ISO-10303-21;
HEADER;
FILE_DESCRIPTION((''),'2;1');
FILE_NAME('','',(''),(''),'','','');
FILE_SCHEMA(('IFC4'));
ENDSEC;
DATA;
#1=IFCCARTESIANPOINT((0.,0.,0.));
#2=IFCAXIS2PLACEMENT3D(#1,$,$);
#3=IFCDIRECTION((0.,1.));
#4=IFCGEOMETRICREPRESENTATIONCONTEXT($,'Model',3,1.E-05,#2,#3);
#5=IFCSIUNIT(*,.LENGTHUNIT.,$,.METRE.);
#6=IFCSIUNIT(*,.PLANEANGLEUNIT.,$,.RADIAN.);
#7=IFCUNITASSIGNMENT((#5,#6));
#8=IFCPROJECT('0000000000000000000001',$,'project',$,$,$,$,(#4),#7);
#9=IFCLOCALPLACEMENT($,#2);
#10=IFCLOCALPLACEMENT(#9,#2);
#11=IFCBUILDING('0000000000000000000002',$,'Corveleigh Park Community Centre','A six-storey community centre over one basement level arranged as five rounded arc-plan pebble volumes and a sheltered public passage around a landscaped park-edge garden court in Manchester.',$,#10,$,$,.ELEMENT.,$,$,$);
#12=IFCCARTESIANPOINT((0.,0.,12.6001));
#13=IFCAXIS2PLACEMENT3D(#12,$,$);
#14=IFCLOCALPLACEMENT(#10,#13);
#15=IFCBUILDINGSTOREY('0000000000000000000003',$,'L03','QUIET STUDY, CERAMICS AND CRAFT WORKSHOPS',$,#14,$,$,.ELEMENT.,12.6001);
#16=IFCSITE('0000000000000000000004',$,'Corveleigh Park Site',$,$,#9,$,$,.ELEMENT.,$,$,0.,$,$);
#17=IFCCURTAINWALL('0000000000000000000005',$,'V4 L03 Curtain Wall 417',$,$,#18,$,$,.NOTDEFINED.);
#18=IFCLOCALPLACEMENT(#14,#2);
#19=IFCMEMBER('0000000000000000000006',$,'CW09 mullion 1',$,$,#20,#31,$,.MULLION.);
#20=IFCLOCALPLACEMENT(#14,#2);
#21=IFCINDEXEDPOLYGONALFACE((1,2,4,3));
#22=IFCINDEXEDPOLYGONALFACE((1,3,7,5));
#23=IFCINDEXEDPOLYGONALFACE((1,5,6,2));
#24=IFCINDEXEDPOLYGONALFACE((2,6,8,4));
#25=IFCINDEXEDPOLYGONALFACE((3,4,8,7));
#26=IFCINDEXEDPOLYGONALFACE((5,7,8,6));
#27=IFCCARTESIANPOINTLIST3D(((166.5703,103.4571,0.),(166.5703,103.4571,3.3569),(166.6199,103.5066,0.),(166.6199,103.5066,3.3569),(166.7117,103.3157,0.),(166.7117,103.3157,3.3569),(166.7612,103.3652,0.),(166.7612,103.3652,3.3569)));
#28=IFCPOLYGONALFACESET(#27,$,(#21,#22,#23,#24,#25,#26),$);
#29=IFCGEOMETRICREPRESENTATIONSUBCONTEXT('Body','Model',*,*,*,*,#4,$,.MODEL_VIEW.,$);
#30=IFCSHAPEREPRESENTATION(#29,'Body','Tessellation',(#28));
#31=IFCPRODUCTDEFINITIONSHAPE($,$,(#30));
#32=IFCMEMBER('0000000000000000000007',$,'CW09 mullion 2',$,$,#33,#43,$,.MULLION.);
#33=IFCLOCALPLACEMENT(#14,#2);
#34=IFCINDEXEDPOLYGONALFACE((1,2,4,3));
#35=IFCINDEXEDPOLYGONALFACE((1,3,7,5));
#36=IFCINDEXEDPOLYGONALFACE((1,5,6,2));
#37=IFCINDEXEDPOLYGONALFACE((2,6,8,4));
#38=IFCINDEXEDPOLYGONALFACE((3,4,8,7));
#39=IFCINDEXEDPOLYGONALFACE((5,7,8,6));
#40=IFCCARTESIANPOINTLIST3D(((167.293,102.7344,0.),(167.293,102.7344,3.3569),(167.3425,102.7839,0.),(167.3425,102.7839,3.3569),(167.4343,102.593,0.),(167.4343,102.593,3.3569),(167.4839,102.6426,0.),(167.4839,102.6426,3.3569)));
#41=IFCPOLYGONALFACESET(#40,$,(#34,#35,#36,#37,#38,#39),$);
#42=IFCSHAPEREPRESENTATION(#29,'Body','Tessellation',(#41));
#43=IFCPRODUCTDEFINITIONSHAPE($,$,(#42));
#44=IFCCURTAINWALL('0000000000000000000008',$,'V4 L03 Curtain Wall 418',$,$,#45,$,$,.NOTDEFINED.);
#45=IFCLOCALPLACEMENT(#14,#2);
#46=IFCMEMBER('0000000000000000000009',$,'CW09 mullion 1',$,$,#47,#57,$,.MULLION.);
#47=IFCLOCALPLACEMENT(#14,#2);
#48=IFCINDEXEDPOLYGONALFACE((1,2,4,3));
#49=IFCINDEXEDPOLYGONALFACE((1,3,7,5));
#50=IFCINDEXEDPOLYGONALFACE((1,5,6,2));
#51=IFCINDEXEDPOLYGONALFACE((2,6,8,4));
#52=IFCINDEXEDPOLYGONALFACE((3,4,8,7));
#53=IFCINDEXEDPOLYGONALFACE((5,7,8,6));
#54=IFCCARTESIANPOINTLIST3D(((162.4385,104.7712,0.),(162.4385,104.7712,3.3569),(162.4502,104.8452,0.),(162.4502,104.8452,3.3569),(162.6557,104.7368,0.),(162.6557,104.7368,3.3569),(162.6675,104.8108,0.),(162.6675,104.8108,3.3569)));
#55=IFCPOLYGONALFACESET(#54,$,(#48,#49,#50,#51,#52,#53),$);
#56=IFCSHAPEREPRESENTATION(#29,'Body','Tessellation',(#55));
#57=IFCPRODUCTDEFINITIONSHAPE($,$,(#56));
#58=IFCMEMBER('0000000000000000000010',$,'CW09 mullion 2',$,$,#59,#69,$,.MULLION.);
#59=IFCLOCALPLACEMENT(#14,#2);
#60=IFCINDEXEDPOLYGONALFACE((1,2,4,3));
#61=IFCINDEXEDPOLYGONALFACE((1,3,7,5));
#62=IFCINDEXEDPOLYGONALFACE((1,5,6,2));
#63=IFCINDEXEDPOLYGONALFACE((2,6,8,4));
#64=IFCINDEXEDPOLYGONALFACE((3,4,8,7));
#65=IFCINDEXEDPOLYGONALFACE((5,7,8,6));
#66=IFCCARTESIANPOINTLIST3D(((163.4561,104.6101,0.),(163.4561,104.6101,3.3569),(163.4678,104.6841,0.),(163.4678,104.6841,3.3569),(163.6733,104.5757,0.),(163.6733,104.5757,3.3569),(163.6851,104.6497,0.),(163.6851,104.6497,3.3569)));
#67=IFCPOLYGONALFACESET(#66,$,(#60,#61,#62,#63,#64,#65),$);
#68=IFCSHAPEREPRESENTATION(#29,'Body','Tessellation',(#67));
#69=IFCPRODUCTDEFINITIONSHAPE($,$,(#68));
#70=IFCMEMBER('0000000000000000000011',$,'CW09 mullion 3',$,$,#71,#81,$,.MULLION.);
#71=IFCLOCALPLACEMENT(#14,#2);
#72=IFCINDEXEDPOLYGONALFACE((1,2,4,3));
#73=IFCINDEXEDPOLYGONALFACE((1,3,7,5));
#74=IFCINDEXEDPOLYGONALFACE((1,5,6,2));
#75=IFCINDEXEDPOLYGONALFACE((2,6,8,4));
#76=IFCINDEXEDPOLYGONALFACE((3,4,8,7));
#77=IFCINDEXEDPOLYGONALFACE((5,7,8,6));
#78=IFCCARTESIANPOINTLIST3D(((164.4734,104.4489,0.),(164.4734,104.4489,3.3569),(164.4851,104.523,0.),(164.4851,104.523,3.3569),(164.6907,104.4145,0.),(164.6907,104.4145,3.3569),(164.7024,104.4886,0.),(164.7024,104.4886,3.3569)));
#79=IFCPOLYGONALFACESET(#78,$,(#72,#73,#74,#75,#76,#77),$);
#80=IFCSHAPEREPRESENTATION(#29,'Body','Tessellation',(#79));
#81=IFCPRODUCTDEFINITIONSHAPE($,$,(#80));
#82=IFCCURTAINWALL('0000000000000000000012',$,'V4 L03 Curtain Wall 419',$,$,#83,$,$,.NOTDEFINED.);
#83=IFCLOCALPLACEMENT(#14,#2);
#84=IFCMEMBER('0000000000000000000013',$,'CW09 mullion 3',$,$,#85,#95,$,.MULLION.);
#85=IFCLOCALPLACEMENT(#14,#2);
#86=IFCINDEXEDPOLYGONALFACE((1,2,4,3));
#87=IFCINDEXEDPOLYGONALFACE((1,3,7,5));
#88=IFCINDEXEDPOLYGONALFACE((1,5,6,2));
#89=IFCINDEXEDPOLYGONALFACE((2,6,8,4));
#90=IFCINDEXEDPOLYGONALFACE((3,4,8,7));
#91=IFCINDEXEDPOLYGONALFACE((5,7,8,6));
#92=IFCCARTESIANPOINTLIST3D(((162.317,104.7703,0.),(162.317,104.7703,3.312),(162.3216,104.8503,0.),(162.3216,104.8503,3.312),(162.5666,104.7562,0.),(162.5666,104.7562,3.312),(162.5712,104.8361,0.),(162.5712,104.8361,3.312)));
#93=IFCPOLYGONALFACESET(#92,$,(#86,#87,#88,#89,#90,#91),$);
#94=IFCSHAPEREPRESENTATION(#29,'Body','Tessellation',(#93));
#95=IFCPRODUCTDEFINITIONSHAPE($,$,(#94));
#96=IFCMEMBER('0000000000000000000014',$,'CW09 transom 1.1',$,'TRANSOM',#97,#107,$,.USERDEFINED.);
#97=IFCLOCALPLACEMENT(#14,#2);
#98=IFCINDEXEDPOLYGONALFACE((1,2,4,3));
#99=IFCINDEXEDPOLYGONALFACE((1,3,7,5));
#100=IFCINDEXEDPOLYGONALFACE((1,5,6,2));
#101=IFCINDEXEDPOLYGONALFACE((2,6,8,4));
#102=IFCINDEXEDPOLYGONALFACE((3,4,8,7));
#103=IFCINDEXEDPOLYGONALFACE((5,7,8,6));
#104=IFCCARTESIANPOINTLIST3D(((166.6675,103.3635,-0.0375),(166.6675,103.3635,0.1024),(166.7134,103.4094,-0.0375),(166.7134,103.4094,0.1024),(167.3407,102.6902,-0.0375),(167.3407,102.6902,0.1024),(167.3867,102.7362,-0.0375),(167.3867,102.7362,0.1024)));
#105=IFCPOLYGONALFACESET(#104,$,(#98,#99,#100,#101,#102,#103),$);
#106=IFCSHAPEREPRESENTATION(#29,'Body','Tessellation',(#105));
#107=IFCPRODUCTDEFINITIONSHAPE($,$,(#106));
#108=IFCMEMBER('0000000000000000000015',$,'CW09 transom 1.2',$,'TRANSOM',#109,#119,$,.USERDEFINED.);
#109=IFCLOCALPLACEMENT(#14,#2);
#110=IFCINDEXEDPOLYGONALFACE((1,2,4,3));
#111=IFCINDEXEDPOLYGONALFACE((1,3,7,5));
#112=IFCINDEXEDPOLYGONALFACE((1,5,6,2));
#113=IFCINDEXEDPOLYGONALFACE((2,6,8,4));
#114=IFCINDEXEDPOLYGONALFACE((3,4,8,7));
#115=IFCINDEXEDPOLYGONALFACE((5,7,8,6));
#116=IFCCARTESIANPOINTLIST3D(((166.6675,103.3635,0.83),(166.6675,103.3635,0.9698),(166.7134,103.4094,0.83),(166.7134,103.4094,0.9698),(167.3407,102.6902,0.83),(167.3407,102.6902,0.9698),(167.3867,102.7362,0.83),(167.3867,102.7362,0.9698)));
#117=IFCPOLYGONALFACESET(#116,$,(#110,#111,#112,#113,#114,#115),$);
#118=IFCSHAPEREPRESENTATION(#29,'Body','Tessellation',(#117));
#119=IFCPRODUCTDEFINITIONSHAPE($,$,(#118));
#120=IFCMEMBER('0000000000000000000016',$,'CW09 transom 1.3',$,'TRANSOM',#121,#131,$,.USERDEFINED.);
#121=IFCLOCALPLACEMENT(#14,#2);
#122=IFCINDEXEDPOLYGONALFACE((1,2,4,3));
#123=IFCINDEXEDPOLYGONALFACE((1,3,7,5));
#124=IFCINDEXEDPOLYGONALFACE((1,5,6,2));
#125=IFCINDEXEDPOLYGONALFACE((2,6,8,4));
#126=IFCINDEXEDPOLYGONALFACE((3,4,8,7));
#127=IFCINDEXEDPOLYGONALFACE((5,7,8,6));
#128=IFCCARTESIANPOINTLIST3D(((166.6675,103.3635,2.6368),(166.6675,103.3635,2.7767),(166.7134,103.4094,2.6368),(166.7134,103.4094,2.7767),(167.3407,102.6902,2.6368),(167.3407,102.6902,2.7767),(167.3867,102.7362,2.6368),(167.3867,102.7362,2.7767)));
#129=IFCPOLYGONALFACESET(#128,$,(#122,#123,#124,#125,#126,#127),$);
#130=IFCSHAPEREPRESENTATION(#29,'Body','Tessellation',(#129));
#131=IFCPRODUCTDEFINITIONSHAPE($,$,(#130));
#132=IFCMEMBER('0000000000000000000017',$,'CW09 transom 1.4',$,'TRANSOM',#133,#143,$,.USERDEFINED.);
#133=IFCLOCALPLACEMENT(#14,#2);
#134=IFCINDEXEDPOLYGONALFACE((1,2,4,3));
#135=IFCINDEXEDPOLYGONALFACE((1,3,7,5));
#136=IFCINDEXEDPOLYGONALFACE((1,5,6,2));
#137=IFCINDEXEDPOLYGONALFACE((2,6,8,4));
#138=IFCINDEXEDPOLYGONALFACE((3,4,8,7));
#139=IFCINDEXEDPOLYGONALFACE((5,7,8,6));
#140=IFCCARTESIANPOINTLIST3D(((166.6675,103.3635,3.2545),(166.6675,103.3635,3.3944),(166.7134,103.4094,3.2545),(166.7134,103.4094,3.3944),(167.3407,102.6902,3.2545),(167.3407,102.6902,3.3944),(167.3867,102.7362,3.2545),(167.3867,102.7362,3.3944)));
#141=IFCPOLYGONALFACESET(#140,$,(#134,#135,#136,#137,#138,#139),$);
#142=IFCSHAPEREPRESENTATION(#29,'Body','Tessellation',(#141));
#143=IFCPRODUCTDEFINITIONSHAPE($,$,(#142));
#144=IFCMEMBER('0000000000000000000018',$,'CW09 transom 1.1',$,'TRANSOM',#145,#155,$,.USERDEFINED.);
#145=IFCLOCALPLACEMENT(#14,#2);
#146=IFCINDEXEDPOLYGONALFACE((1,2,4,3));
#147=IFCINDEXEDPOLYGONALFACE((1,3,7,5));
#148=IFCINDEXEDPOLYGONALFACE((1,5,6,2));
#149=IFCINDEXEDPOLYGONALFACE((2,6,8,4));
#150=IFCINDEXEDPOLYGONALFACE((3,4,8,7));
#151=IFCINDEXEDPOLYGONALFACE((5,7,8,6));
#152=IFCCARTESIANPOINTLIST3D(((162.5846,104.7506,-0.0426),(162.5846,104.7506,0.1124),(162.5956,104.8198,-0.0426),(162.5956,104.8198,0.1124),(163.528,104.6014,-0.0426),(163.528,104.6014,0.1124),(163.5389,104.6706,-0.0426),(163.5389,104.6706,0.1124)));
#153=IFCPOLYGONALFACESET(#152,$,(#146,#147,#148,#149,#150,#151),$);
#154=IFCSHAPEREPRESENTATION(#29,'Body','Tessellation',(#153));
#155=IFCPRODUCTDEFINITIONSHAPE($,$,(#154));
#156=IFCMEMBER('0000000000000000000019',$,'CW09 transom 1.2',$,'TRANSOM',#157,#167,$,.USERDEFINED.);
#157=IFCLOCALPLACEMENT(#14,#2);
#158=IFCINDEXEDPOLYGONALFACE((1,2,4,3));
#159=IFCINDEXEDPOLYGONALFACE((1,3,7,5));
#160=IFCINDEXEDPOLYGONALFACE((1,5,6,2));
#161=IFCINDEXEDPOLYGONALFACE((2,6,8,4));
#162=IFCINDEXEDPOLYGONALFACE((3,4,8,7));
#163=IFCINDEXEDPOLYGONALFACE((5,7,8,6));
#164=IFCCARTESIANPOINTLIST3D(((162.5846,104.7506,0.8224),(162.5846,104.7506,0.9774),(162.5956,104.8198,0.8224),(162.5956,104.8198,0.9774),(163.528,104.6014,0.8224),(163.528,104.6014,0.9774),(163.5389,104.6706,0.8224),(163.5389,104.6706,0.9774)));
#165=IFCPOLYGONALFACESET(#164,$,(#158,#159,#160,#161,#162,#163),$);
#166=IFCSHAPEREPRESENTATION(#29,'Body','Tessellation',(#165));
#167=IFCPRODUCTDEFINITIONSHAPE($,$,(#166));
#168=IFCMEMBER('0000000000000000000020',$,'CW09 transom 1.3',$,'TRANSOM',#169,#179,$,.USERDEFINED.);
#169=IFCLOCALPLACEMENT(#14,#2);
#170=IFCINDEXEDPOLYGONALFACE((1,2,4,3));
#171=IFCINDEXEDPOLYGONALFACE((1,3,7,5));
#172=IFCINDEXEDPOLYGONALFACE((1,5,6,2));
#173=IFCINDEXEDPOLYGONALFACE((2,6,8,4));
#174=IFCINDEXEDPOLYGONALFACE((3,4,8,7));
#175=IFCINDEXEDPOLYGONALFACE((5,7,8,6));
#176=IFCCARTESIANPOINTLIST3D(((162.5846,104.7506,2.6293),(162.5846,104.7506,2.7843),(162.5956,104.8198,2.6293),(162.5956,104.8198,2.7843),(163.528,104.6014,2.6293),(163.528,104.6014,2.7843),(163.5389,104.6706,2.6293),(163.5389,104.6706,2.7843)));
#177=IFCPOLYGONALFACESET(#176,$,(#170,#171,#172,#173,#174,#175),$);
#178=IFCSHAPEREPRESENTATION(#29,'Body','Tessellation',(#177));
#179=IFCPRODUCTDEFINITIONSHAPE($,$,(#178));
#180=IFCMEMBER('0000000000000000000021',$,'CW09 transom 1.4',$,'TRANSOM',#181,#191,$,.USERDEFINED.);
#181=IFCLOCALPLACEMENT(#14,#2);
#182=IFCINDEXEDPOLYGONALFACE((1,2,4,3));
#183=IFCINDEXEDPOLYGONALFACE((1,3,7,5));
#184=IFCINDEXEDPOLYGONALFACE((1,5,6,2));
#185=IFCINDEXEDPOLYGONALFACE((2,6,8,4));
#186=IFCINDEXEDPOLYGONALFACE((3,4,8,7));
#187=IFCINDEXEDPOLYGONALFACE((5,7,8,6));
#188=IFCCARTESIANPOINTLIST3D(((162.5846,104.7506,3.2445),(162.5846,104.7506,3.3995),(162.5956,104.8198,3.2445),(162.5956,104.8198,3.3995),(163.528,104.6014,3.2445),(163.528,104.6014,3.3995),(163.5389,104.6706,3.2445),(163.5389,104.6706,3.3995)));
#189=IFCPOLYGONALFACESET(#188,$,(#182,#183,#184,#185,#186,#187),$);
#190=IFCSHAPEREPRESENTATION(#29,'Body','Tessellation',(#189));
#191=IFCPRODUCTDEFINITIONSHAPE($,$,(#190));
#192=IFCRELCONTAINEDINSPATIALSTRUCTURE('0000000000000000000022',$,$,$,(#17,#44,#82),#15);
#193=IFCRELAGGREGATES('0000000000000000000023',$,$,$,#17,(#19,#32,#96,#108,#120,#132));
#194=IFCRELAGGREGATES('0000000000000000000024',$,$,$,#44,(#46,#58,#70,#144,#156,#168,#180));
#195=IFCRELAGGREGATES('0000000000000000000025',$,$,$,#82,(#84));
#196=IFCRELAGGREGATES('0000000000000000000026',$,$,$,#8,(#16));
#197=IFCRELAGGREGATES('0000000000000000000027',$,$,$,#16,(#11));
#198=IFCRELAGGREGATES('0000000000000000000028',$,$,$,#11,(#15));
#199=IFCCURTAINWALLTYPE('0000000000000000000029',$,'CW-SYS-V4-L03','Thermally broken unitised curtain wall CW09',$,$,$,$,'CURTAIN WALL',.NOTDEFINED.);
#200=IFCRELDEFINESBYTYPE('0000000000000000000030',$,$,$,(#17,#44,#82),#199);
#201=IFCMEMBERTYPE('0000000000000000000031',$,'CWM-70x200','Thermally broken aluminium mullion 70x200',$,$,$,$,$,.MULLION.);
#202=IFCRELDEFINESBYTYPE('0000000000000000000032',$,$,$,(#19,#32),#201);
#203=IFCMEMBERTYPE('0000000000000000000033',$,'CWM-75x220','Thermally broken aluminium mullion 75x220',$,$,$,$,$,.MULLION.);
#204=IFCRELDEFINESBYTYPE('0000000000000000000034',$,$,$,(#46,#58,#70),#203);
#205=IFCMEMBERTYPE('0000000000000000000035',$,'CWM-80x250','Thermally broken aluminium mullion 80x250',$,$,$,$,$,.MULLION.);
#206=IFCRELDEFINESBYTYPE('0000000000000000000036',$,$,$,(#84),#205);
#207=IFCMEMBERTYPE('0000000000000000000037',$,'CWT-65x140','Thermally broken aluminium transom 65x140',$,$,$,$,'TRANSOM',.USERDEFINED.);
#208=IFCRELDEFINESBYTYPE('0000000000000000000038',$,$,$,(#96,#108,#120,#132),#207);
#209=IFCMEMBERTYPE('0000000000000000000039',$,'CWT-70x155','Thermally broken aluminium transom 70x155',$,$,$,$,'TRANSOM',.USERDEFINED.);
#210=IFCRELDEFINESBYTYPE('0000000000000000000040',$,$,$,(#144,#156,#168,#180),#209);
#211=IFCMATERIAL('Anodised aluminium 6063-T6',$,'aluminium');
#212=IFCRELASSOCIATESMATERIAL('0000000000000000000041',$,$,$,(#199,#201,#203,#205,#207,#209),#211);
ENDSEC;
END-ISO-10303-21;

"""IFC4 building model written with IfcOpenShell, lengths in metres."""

from ifc_helpers import new_model, si_unit, direction, frame, origin, origin_2d, place, context, subcontext, project, spatial, rectangle, extrude, material, material_profile, profile_set, type_object, element, aggregate, save


model = new_model("IFC4")

# Units and contexts
model_context = context("Model", 3, precision=1e-05, world=origin(), true_north=direction((0.0, 1.0)))
body_context = subcontext(model_context, "Body", "Model", "MODEL_VIEW")
ifc_project = project(units=[si_unit("LENGTHUNIT", "METRE"), si_unit("PLANEANGLEUNIT", "RADIAN")], contexts=[model_context])

# Site, building, storey
site_placement = place(None, origin())
site = spatial("IfcSite", under=ifc_project, at=site_placement, Name="Corveleigh Park Site", CompositionType="ELEMENT", RefElevation=0.0)
building_placement = place(site_placement, origin())
building = spatial("IfcBuilding", under=site, at=building_placement, Name="Corveleigh Park Community Centre", Description="A six-storey community centre over one basement level arranged as five rounded arc-plan pebble volumes and a sheltered public passage around a landscaped park-edge garden court in Manchester.", CompositionType="ELEMENT")
storey_placement = place(building_placement, frame((0.0, 0.0, 12.6001)))
storey = spatial("IfcBuildingStorey", under=building, at=storey_placement, Name="L03", Description="QUIET STUDY, CERAMICS AND CRAFT WORKSHOPS", CompositionType="ELEMENT", Elevation=12.6001)

# Curtain walls, members
ifc_material_1 = material(Name="Anodised aluminium 6063-T6", Category="aluminium")
curtain_wall_type = type_object("IfcCurtainWallType", Name="CW-SYS-V4-L03", Description="Thermally broken unitised curtain wall CW09", ElementType="CURTAIN WALL", PredefinedType="NOTDEFINED", material=ifc_material_1)
curtain_wall_1_placement = place(storey_placement, origin())
curtain_wall_1 = element("IfcCurtainWall", 1, at=curtain_wall_1_placement, inside=storey, type_object=curtain_wall_type, Name="V4 L03 Curtain Wall 417", PredefinedType="NOTDEFINED")
ifc_material_profile_1 = material_profile(ifc_material_1, rectangle(XDim=0.0701, YDim=0.2, at=origin_2d()), Name="ALU-M70x200", Category="aluminium")
ifc_profile_set_1 = profile_set([ifc_material_profile_1], Name="Anodised aluminium 6063-T6")
member_type_1 = type_object("IfcMemberType", Name="CWM-70x200", Description="Thermally broken aluminium mullion 70x200", PredefinedType="MULLION", material=ifc_profile_set_1)
member_1_placement = place(storey_placement, frame((166.6658, 103.4111, 0.0), z_axis=(0.0, 0.0, 1.0), x_axis=(0.707107, 0.707107, 0.0)))
member_1 = element("IfcMember", 2, at=member_1_placement, type_object=member_type_1, Name="CW09 mullion 1", PredefinedType="MULLION", context=body_context, shape_type="SweptSolid", body=[
    extrude(rectangle(XDim=0.0701, YDim=0.2, at=origin_2d()), origin(), (0.0, 0.0, 1.0), 3.3569),
])
member_2_placement = place(storey_placement, frame((167.3884, 102.6885, 0.0), z_axis=(0.0, 0.0, 1.0), x_axis=(0.707107, 0.707107, 0.0)))
member_2 = element("IfcMember", 3, at=member_2_placement, type_object=member_type_1, Name="CW09 mullion 2", PredefinedType="MULLION", context=body_context, shape_type="SweptSolid", body=[
    extrude(rectangle(XDim=0.0701, YDim=0.2, at=origin_2d()), origin(), (0.0, 0.0, 1.0), 3.3569),
])
curtain_wall_2_placement = place(storey_placement, origin())
curtain_wall_2 = element("IfcCurtainWall", 4, at=curtain_wall_2_placement, inside=storey, type_object=curtain_wall_type, Name="V4 L03 Curtain Wall 418", PredefinedType="NOTDEFINED")
ifc_material_profile_2 = material_profile(ifc_material_1, rectangle(XDim=0.075, YDim=0.22, at=origin_2d()), Name="ALU-M75x220", Category="aluminium")
ifc_profile_set_2 = profile_set([ifc_material_profile_2], Name="Anodised aluminium 6063-T6")
member_type_2 = type_object("IfcMemberType", Name="CWM-75x220", Description="Thermally broken aluminium mullion 75x220", PredefinedType="MULLION", material=ifc_profile_set_2)
member_3_placement = place(storey_placement, frame((162.553, 104.791, 0.0), z_axis=(0.0, 0.0, 1.0), x_axis=(0.156419, 0.987691, 0.0)))
member_3 = element("IfcMember", 5, at=member_3_placement, type_object=member_type_2, Name="CW09 mullion 1", PredefinedType="MULLION", context=body_context, shape_type="SweptSolid", body=[
    extrude(rectangle(XDim=0.075, YDim=0.22, at=origin_2d()), origin(), (0.0, 0.0, 1.0), 3.3569),
])
member_4_placement = place(storey_placement, frame((163.5706, 104.6299, 0.0), z_axis=(0.0, 0.0, 1.0), x_axis=(0.156419, 0.987691, 0.0)))
member_4 = element("IfcMember", 6, at=member_4_placement, type_object=member_type_2, Name="CW09 mullion 2", PredefinedType="MULLION", context=body_context, shape_type="SweptSolid", body=[
    extrude(rectangle(XDim=0.075, YDim=0.22, at=origin_2d()), origin(), (0.0, 0.0, 1.0), 3.3569),
])
member_5_placement = place(storey_placement, frame((164.5879, 104.4688, 0.0), z_axis=(0.0, 0.0, 1.0), x_axis=(0.156419, 0.987691, 0.0)))
member_5 = element("IfcMember", 7, at=member_5_placement, type_object=member_type_2, Name="CW09 mullion 3", PredefinedType="MULLION", context=body_context, shape_type="SweptSolid", body=[
    extrude(rectangle(XDim=0.075, YDim=0.22, at=origin_2d()), origin(), (0.0, 0.0, 1.0), 3.3569),
])

# Curtain wall, member
curtain_wall_3_placement = place(storey_placement, origin())
curtain_wall_3 = element("IfcCurtainWall", 8, at=curtain_wall_3_placement, inside=storey, type_object=curtain_wall_type, Name="V4 L03 Curtain Wall 419", PredefinedType="NOTDEFINED")
ifc_material_profile_3 = material_profile(ifc_material_1, rectangle(XDim=0.0801, YDim=0.25, at=origin_2d()), Name="ALU-M80x250", Category="aluminium")
ifc_profile_set_3 = profile_set([ifc_material_profile_3], Name="Anodised aluminium 6063-T6")
member_type_3 = type_object("IfcMemberType", Name="CWM-80x250", Description="Thermally broken aluminium mullion 80x250", PredefinedType="MULLION", material=ifc_profile_set_3)
member_6_placement = place(storey_placement, frame((162.4441, 104.8032, 0.0), z_axis=(0.0, 0.0, 1.0), x_axis=(0.056434, 0.998406, 0.0)))
member_6 = element("IfcMember", 9, at=member_6_placement, type_object=member_type_3, Name="CW09 mullion 3", PredefinedType="MULLION", context=body_context, shape_type="SweptSolid", body=[
    extrude(rectangle(XDim=0.0801, YDim=0.25, at=origin_2d()), origin(), (0.0, 0.0, 1.0), 3.312),
])

# Members
ifc_material_profile_4 = material_profile(ifc_material_1, rectangle(XDim=0.0649, YDim=0.1399, at=origin_2d()), Name="ALU-T65x140", Category="aluminium")
ifc_profile_set_4 = profile_set([ifc_material_profile_4], Name="Anodised aluminium 6063-T6")
member_type_4 = type_object("IfcMemberType", Name="CWT-65x140", Description="Thermally broken aluminium transom 65x140", ElementType="TRANSOM", PredefinedType="USERDEFINED", material=ifc_profile_set_4)
member_7_placement = place(storey_placement, frame((166.6904, 103.3865, 0.0325), z_axis=(0.707107, -0.707107, 0.0), x_axis=(0.707107, 0.707107, 0.0)))
member_7 = element("IfcMember", 10, at=member_7_placement, type_object=member_type_4, Name="CW09 transom 1.1", ObjectType="TRANSOM", PredefinedType="USERDEFINED", context=body_context, shape_type="SweptSolid", body=[
    extrude(rectangle(XDim=0.0649, YDim=0.1399, at=origin_2d()), origin(), (0.0, 0.0, 1.0), 0.9521),
])
member_8_placement = place(storey_placement, frame((166.6904, 103.3865, 0.8999), z_axis=(0.707107, -0.707107, 0.0), x_axis=(0.707107, 0.707107, 0.0)))
member_8 = element("IfcMember", 11, at=member_8_placement, type_object=member_type_4, Name="CW09 transom 1.2", ObjectType="TRANSOM", PredefinedType="USERDEFINED", context=body_context, shape_type="SweptSolid", body=[
    extrude(rectangle(XDim=0.0649, YDim=0.1399, at=origin_2d()), origin(), (0.0, 0.0, 1.0), 0.9521),
])
member_9_placement = place(storey_placement, frame((166.6904, 103.3865, 2.7068), z_axis=(0.707107, -0.707107, 0.0), x_axis=(0.707107, 0.707107, 0.0)))
member_9 = element("IfcMember", 12, at=member_9_placement, type_object=member_type_4, Name="CW09 transom 1.3", ObjectType="TRANSOM", PredefinedType="USERDEFINED", context=body_context, shape_type="SweptSolid", body=[
    extrude(rectangle(XDim=0.0649, YDim=0.1399, at=origin_2d()), origin(), (0.0, 0.0, 1.0), 0.9521),
])
member_10_placement = place(storey_placement, frame((166.6904, 103.3865, 3.3245), z_axis=(0.707107, -0.707107, 0.0), x_axis=(0.707107, 0.707107, 0.0)))
member_10 = element("IfcMember", 13, at=member_10_placement, type_object=member_type_4, Name="CW09 transom 1.4", ObjectType="TRANSOM", PredefinedType="USERDEFINED", context=body_context, shape_type="SweptSolid", body=[
    extrude(rectangle(XDim=0.0649, YDim=0.1399, at=origin_2d()), origin(), (0.0, 0.0, 1.0), 0.9521),
])
ifc_material_profile_5 = material_profile(ifc_material_1, rectangle(XDim=0.0701, YDim=0.155, at=origin_2d()), Name="ALU-T70x155", Category="aluminium")
ifc_profile_set_5 = profile_set([ifc_material_profile_5], Name="Anodised aluminium 6063-T6")
member_type_5 = type_object("IfcMemberType", Name="CWT-70x155", Description="Thermally broken aluminium transom 70x155", ElementType="TRANSOM", PredefinedType="USERDEFINED", material=ifc_profile_set_5)
member_11_placement = place(storey_placement, frame((162.5901, 104.7852, 0.0349), z_axis=(0.987728, -0.156186, 0.0), x_axis=(0.156186, 0.987728, 0.0)))
member_11 = element("IfcMember", 14, at=member_11_placement, type_object=member_type_5, Name="CW09 transom 1.1", ObjectType="TRANSOM", PredefinedType="USERDEFINED", context=body_context, shape_type="SweptSolid", body=[
    extrude(rectangle(XDim=0.0701, YDim=0.155, at=origin_2d()), origin(), (0.0, 0.0, 1.0), 0.9551),
])
member_12_placement = place(storey_placement, frame((162.5901, 104.7852, 0.8999), z_axis=(0.987728, -0.156186, 0.0), x_axis=(0.156186, 0.987728, 0.0)))
member_12 = element("IfcMember", 15, at=member_12_placement, type_object=member_type_5, Name="CW09 transom 1.2", ObjectType="TRANSOM", PredefinedType="USERDEFINED", context=body_context, shape_type="SweptSolid", body=[
    extrude(rectangle(XDim=0.0701, YDim=0.155, at=origin_2d()), origin(), (0.0, 0.0, 1.0), 0.9551),
])
member_13_placement = place(storey_placement, frame((162.5901, 104.7852, 2.7068), z_axis=(0.987728, -0.156186, 0.0), x_axis=(0.156186, 0.987728, 0.0)))
member_13 = element("IfcMember", 16, at=member_13_placement, type_object=member_type_5, Name="CW09 transom 1.3", ObjectType="TRANSOM", PredefinedType="USERDEFINED", context=body_context, shape_type="SweptSolid", body=[
    extrude(rectangle(XDim=0.0701, YDim=0.155, at=origin_2d()), origin(), (0.0, 0.0, 1.0), 0.9551),
])
member_14_placement = place(storey_placement, frame((162.5901, 104.7852, 3.322), z_axis=(0.987728, -0.156186, 0.0), x_axis=(0.156186, 0.987728, 0.0)))
member_14 = element("IfcMember", 17, at=member_14_placement, type_object=member_type_5, Name="CW09 transom 1.4", ObjectType="TRANSOM", PredefinedType="USERDEFINED", context=body_context, shape_type="SweptSolid", body=[
    extrude(rectangle(XDim=0.0701, YDim=0.155, at=origin_2d()), origin(), (0.0, 0.0, 1.0), 0.9551),
])

aggregate(curtain_wall_1, [member_1, member_2, member_7, member_8, member_9, member_10])
aggregate(curtain_wall_2, [member_3, member_4, member_5, member_11, member_12, member_13, member_14])
aggregate(curtain_wall_3, [member_6])

save(model, "model.ifc")
